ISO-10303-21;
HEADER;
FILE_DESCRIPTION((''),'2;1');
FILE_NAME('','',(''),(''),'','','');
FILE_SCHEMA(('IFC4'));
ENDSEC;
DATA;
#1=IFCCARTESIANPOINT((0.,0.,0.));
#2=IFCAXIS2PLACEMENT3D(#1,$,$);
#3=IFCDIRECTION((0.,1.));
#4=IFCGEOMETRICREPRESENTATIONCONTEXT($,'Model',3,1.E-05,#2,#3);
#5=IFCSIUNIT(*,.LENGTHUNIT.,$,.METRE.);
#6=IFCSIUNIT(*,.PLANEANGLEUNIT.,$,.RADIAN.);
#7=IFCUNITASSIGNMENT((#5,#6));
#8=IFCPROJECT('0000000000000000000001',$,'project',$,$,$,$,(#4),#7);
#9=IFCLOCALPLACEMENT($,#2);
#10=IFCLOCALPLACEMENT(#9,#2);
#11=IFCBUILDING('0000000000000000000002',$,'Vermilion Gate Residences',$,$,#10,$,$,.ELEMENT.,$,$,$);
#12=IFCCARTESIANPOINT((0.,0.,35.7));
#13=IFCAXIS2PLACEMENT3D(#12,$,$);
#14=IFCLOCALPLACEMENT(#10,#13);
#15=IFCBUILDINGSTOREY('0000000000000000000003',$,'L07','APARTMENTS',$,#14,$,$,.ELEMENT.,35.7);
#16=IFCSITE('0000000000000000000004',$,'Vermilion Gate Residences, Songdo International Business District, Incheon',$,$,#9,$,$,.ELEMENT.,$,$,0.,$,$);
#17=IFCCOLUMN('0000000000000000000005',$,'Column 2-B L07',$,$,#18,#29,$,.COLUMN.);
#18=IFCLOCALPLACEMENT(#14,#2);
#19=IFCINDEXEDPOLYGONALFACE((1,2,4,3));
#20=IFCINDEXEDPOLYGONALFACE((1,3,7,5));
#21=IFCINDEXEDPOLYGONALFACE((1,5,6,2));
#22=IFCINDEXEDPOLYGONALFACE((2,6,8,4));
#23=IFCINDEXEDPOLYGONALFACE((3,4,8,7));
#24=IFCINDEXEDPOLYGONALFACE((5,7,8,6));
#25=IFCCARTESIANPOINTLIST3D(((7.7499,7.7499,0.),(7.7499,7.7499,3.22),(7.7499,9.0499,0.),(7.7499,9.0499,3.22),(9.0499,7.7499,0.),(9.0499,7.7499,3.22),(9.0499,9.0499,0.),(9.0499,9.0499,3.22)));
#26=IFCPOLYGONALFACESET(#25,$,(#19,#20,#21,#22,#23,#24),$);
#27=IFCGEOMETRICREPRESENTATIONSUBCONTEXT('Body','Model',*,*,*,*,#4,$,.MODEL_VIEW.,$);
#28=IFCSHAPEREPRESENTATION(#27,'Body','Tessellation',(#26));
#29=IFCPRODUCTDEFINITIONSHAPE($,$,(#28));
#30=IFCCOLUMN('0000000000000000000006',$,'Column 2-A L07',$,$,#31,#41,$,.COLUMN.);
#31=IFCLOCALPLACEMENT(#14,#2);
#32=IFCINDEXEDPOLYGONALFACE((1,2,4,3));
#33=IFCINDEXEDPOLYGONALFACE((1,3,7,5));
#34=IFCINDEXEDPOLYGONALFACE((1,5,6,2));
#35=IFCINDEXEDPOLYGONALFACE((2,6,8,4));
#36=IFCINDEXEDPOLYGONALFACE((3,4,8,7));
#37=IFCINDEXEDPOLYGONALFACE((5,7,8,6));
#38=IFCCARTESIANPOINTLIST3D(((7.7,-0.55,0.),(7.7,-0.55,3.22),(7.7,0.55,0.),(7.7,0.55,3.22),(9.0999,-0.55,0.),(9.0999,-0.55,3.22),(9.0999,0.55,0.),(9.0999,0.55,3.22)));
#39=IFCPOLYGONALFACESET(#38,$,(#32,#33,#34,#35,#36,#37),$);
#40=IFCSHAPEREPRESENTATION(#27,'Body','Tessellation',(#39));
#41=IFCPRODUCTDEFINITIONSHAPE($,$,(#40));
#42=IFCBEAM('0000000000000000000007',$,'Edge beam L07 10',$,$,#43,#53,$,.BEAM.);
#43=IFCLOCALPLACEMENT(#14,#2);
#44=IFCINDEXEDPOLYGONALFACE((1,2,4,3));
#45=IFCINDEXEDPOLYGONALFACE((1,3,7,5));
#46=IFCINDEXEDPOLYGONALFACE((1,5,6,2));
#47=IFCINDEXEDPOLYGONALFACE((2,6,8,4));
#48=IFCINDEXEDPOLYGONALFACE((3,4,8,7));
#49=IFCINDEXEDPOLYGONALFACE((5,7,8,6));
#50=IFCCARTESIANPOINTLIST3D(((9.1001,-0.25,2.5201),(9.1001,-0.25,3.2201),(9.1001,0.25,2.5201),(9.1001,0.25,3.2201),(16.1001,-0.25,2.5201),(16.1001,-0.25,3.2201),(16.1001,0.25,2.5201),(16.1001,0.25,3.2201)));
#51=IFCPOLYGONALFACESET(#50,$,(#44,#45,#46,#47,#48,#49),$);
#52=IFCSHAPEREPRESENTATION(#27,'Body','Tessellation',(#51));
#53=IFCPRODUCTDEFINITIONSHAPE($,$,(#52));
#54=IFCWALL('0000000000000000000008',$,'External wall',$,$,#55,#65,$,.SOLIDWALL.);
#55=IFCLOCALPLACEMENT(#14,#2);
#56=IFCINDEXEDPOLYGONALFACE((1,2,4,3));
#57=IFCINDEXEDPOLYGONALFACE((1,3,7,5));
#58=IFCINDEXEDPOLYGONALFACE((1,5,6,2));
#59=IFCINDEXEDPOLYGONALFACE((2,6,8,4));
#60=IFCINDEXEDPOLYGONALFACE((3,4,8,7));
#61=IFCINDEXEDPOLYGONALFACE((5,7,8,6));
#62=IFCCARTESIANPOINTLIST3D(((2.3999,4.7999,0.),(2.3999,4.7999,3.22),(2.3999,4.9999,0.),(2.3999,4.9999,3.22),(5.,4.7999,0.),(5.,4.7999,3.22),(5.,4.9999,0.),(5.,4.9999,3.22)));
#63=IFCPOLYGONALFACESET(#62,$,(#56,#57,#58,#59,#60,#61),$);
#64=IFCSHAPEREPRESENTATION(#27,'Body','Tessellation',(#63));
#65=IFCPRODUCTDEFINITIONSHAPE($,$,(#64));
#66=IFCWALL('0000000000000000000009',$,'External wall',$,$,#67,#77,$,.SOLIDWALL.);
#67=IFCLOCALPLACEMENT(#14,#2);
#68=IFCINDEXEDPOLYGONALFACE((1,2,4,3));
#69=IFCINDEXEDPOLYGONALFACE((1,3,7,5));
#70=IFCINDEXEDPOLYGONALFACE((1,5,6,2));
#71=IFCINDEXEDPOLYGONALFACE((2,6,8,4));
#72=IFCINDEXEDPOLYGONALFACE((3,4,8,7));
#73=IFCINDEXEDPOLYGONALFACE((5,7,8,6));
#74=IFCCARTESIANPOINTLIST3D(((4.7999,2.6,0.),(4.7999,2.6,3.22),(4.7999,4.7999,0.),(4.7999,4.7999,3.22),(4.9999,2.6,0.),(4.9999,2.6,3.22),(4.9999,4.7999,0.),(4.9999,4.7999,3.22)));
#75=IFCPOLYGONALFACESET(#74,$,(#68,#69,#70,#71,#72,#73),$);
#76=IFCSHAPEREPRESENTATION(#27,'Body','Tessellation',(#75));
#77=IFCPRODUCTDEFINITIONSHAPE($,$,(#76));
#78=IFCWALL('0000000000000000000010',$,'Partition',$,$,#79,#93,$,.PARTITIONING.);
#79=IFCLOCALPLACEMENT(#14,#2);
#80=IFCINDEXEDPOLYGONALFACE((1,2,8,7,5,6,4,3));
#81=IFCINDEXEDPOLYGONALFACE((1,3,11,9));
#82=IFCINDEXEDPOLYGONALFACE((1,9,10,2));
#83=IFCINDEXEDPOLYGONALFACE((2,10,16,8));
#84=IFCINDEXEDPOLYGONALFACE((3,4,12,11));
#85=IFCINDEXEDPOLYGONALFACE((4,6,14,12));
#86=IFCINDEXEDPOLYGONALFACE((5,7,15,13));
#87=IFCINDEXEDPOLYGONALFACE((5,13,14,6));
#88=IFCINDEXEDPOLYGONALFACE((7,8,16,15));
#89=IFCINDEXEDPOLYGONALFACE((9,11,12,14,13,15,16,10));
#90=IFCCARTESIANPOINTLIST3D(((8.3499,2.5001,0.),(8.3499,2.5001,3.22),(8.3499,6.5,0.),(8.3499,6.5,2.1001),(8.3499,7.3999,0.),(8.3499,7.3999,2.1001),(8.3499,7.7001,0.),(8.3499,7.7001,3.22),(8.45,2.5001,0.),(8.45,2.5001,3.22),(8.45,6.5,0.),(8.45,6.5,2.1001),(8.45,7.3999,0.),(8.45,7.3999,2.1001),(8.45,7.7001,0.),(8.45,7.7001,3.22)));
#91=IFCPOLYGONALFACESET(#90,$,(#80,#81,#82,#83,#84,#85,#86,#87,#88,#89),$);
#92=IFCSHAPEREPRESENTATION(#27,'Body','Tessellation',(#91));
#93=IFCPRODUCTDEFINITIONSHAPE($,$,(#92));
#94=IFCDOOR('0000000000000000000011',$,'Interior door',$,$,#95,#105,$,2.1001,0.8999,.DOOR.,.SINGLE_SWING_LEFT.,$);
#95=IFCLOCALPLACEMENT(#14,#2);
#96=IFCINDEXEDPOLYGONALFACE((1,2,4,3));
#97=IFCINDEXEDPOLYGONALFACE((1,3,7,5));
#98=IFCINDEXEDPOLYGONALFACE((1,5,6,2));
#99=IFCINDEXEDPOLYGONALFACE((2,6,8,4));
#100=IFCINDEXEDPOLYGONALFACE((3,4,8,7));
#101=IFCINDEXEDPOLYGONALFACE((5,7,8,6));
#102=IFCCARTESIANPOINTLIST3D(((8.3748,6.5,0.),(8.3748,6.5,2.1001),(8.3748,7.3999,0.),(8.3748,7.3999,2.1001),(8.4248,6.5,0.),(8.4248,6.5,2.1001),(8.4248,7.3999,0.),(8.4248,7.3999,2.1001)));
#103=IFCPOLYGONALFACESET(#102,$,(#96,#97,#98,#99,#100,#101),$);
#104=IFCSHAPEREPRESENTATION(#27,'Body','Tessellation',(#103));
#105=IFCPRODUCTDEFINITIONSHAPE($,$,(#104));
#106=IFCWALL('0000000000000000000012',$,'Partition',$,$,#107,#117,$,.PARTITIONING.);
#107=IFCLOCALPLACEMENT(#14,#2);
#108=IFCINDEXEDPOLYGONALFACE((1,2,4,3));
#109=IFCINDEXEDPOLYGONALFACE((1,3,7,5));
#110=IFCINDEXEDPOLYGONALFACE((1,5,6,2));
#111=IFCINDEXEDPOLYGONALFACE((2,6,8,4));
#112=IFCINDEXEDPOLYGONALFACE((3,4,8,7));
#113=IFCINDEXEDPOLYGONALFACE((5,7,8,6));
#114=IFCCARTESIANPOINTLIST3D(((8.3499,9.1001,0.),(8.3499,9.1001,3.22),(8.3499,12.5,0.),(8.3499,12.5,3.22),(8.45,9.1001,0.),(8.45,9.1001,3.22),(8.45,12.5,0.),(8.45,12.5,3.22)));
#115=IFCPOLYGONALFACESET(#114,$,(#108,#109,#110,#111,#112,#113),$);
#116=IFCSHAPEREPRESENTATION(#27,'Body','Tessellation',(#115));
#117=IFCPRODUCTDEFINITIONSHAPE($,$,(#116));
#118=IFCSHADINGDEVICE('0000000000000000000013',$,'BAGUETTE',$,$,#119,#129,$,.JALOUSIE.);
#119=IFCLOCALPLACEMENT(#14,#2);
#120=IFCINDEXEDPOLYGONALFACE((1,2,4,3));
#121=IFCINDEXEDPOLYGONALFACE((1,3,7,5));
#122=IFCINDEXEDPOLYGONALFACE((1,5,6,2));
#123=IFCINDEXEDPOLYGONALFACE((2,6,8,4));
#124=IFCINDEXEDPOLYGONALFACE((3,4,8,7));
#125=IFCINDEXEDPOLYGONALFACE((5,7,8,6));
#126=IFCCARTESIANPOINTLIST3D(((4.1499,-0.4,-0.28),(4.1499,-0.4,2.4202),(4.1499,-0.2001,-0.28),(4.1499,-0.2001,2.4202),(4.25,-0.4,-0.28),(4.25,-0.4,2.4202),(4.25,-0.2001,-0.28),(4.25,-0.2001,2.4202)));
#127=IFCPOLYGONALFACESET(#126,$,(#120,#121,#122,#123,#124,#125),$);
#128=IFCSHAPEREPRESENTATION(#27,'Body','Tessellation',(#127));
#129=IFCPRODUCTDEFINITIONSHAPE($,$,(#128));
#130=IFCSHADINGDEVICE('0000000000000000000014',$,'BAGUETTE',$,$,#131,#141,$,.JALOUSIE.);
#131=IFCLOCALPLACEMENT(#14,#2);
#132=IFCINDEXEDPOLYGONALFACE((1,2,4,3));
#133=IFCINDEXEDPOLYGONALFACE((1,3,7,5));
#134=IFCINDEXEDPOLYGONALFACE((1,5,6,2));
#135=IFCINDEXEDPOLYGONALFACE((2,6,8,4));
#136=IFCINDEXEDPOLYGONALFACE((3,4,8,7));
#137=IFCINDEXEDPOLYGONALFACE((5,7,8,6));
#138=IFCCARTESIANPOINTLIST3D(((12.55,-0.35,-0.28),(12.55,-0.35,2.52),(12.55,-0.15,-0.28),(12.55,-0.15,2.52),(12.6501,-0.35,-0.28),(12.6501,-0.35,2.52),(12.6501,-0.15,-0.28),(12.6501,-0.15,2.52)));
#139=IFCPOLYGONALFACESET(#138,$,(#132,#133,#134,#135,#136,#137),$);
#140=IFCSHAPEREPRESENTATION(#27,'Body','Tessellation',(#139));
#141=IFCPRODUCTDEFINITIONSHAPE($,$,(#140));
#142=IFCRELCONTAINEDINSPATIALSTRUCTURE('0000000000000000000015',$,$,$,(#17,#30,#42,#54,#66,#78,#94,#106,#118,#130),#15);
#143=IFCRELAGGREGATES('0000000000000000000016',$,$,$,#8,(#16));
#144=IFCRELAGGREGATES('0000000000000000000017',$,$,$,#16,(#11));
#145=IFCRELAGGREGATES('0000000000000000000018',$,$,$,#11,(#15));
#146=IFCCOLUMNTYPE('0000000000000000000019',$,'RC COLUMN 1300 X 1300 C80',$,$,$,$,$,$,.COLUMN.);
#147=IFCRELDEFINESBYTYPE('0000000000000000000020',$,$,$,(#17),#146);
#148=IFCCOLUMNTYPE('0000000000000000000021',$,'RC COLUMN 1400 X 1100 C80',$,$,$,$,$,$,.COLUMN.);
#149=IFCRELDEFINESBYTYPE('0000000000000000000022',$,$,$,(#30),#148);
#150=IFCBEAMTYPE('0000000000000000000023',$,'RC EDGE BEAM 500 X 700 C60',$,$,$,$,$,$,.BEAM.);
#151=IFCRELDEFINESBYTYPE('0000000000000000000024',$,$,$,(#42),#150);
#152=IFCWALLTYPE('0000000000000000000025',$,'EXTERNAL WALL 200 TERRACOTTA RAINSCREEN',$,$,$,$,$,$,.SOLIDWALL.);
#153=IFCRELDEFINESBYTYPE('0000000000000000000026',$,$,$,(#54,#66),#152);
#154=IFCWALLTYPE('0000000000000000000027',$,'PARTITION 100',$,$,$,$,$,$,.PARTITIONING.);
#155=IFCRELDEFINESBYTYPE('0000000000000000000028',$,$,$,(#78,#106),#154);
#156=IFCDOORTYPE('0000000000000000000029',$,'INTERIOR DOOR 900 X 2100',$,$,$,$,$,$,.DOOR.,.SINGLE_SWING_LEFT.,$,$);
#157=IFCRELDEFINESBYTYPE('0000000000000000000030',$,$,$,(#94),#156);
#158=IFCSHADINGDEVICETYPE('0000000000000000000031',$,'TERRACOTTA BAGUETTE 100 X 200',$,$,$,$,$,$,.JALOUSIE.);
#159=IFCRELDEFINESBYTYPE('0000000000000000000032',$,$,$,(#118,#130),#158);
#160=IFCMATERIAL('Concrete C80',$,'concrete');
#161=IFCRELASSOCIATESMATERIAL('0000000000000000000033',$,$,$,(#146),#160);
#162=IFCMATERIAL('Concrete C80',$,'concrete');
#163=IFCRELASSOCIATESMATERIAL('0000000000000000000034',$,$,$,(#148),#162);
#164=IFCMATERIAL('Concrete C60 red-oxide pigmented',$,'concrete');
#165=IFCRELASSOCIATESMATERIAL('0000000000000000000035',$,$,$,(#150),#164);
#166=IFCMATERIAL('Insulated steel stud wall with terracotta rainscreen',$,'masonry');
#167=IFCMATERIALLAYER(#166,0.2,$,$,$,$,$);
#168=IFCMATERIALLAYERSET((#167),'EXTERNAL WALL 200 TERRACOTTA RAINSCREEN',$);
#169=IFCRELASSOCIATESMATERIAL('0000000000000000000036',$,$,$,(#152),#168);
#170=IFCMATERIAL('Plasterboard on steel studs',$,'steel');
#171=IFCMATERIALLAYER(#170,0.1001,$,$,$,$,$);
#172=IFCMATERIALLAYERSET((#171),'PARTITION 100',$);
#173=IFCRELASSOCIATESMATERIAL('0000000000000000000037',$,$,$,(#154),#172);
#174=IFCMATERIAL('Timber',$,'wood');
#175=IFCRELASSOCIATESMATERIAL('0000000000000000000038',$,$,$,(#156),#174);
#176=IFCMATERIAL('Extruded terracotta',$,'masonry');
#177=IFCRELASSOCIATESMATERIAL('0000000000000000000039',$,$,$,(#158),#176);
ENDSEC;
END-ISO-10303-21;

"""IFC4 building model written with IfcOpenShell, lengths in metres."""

from ifc_helpers import new_model, si_unit, direction, frame, frame_2d, origin, origin_2d, place, context, subcontext, project, spatial, rectangle, extrude, material, layer, layer_set, material_profile, profile_set, type_object, element, fill, save


model = new_model("IFC4")

# Units and contexts
model_context = context("Model", 3, precision=1e-05, world=origin(), true_north=direction((0.0, 1.0)))
body_context = subcontext(model_context, "Body", "Model", "MODEL_VIEW")
ifc_project = project(units=[si_unit("LENGTHUNIT", "METRE"), si_unit("PLANEANGLEUNIT", "RADIAN")], contexts=[model_context])

# Site, building, storey
site_placement = place(None, origin())
site = spatial("IfcSite", under=ifc_project, at=site_placement, Name="Vermilion Gate Residences, Songdo International Business District, Incheon", CompositionType="ELEMENT", RefElevation=0.0)
building_placement = place(site_placement, origin())
building = spatial("IfcBuilding", under=site, at=building_placement, Name="Vermilion Gate Residences", CompositionType="ELEMENT")
storey_placement = place(building_placement, frame((0.0, 0.0, 35.7)))
storey = spatial("IfcBuildingStorey", under=building, at=storey_placement, Name="L07", Description="APARTMENTS", CompositionType="ELEMENT", Elevation=35.7)

# Columns
ifc_material_1 = material(Name="Concrete C80", Category="concrete")
ifc_material_profile_1 = material_profile(ifc_material_1, rectangle(XDim=1.3, YDim=1.3, at=origin_2d()), Name="RC-1300x1300")
ifc_profile_set_1 = profile_set([ifc_material_profile_1], Name="Concrete C80")
column_type_1 = type_object("IfcColumnType", Name="RC COLUMN 1300 X 1300 C80", PredefinedType="COLUMN", material=ifc_profile_set_1)
column_1_placement = place(storey_placement, frame((8.3999, 8.3999, 0.0), z_axis=(0.0, 0.0, 1.0), x_axis=(1.0, 0.0, 0.0)))
element("IfcColumn", 1, at=column_1_placement, inside=storey, type_object=column_type_1, Name="Column 2-B L07", PredefinedType="COLUMN", context=body_context, shape_type="SweptSolid", body=[
    extrude(rectangle(XDim=1.3, YDim=1.3, at=origin_2d()), origin(), (0.0, 0.0, 1.0), 3.22),
])
ifc_material_2 = material(Name="Concrete C80", Category="concrete")
ifc_material_profile_2 = material_profile(ifc_material_2, rectangle(XDim=1.3999, YDim=1.1001, at=origin_2d()), Name="RC-1400x1100")
ifc_profile_set_2 = profile_set([ifc_material_profile_2], Name="Concrete C80")
column_type_2 = type_object("IfcColumnType", Name="RC COLUMN 1400 X 1100 C80", PredefinedType="COLUMN", material=ifc_profile_set_2)
column_2_placement = place(storey_placement, frame((8.3999, 0.0, 0.0), z_axis=(0.0, 0.0, 1.0), x_axis=(1.0, 0.0, 0.0)))
element("IfcColumn", 2, at=column_2_placement, inside=storey, type_object=column_type_2, Name="Column 2-A L07", PredefinedType="COLUMN", context=body_context, shape_type="SweptSolid", body=[
    extrude(rectangle(XDim=1.3999, YDim=1.1001, at=origin_2d()), origin(), (0.0, 0.0, 1.0), 3.22),
])

# Beam
ifc_material_3 = material(Name="Concrete C60 red-oxide pigmented", Category="concrete")
ifc_material_profile_3 = material_profile(ifc_material_3, rectangle(XDim=0.5, YDim=0.7, at=origin_2d()), Name="RC-500x700")
ifc_profile_set_3 = profile_set([ifc_material_profile_3], Name="Concrete C60 red-oxide pigmented")
beam_type = type_object("IfcBeamType", Name="RC EDGE BEAM 500 X 700 C60", PredefinedType="BEAM", material=ifc_profile_set_3)
beam_placement = place(storey_placement, frame((9.1001, 0.0, 2.8701), z_axis=(1.0, 0.0, 0.0), x_axis=(0.0, 1.0, 0.0)))
element("IfcBeam", 3, at=beam_placement, inside=storey, type_object=beam_type, Name="Edge beam L07 10", PredefinedType="BEAM", context=body_context, shape_type="SweptSolid", body=[
    extrude(rectangle(XDim=0.5, YDim=0.7, at=origin_2d()), origin(), (0.0, 0.0, 1.0), 7.0),
])

# Walls
ifc_material_4 = material(Name="Insulated steel stud wall with terracotta rainscreen", Category="masonry")
ifc_layer_1 = layer(ifc_material_4, 0.2)
ifc_layer_set_1 = layer_set([ifc_layer_1], Name="EXTERNAL WALL 200 TERRACOTTA RAINSCREEN")
wall_type_1 = type_object("IfcWallType", Name="EXTERNAL WALL 200 TERRACOTTA RAINSCREEN", PredefinedType="SOLIDWALL", material=ifc_layer_set_1)
wall_1_placement = place(storey_placement, frame((2.3999, 4.8999, 0.0), z_axis=(0.0, 0.0, 1.0), x_axis=(1.0, 0.0, 0.0)))
element("IfcWall", 4, at=wall_1_placement, inside=storey, type_object=wall_type_1, Name="External wall", PredefinedType="SOLIDWALL", context=body_context, shape_type="SweptSolid", body=[
    extrude(rectangle(XDim=2.6001, YDim=0.2, at=frame_2d((1.3, 0.0))), origin(), (0.0, 0.0, 1.0), 3.22),
])
wall_2_placement = place(storey_placement, frame((4.8999, 4.8, 0.0), z_axis=(0.0, 0.0, 1.0), x_axis=(0.0, -1.0, 0.0)))
element("IfcWall", 5, at=wall_2_placement, inside=storey, type_object=wall_type_1, Name="External wall", PredefinedType="SOLIDWALL", context=body_context, shape_type="SweptSolid", body=[
    extrude(rectangle(XDim=2.2, YDim=0.2, at=frame_2d((1.1001, 0.0))), origin(), (0.0, 0.0, 1.0), 3.22),
])

# Wall, opening, door
ifc_material_5 = material(Name="Plasterboard on steel studs", Category="steel")
ifc_layer_2 = layer(ifc_material_5, 0.1001)
ifc_layer_set_2 = layer_set([ifc_layer_2], Name="PARTITION 100")
wall_type_2 = type_object("IfcWallType", Name="PARTITION 100", PredefinedType="PARTITIONING", material=ifc_layer_set_2)
wall_3_placement = place(storey_placement, frame((8.3999, 2.5, 0.0), z_axis=(0.0, 0.0, 1.0), x_axis=(0.0, 1.0, 0.0)))
wall_3 = element("IfcWall", 6, at=wall_3_placement, inside=storey, type_object=wall_type_2, Name="Partition", PredefinedType="PARTITIONING", context=body_context, shape_type="SweptSolid", body=[
    extrude(rectangle(XDim=5.2, YDim=0.1001, at=frame_2d((2.6001, 0.0))), origin(), (0.0, 0.0, 1.0), 3.22),
])
opening_1_placement = place(wall_3_placement, frame((4.0, 0.0, 0.0)))
opening_1 = element("IfcOpeningElement", 7, at=opening_1_placement, cuts=wall_3, PredefinedType="OPENING", context=body_context, shape_type="SweptSolid", body=[
    extrude(rectangle(XDim=0.8999, YDim=2.1001, at=frame_2d((0.45, 1.05))), frame((0.0, 0.0601, 0.0), z_axis=(0.0, -1.0, 0.0), x_axis=(1.0, 0.0, 0.0)), (0.0, 0.0, 1.0), 0.1201),
])
ifc_material_6 = material(Name="Timber", Category="wood")
door_type_1 = type_object("IfcDoorType", Name="INTERIOR DOOR 900 X 2100", OperationType="SINGLE_SWING_LEFT", PredefinedType="DOOR", material=ifc_material_6)
door_1_placement = place(opening_1_placement, frame((0.8999, 0.0, 0.0), z_axis=(0.0, 0.0, 1.0), x_axis=(-1.0, 0.0, 0.0)))
door_1 = element("IfcDoor", 8, at=door_1_placement, inside=storey, type_object=door_type_1, Name="Interior door", OperationType="SINGLE_SWING_LEFT", OverallHeight=2.1001, OverallWidth=0.8999, PredefinedType="DOOR", context=body_context, shape_type="SweptSolid", body=[
    extrude(rectangle(XDim=0.8999, YDim=2.1001, at=frame_2d((0.45, 1.05))), frame((0.0, 0.0249, 0.0), z_axis=(0.0, -1.0, 0.0), x_axis=(1.0, 0.0, 0.0)), (0.0, 0.0, 1.0), 0.05),
])
fill(opening_1, door_1)

# Wall
wall_4_placement = place(storey_placement, frame((8.3999, 9.1001, 0.0), z_axis=(0.0, 0.0, 1.0), x_axis=(0.0, 1.0, 0.0)))
element("IfcWall", 9, at=wall_4_placement, inside=storey, type_object=wall_type_2, Name="Partition", PredefinedType="PARTITIONING", context=body_context, shape_type="SweptSolid", body=[
    extrude(rectangle(XDim=3.3999, YDim=0.1001, at=frame_2d((1.7, 0.0))), origin(), (0.0, 0.0, 1.0), 3.22),
])

# Shading devices
ifc_material_7 = material(Name="Extruded terracotta", Category="masonry")
ifc_material_profile_4 = material_profile(ifc_material_7, rectangle(XDim=0.2, YDim=0.1001, at=origin_2d()), Name="BAGUETTE 100 X 200")
ifc_profile_set_4 = profile_set([ifc_material_profile_4], Name="Extruded terracotta")
shading_device_type = type_object("IfcShadingDeviceType", Name="TERRACOTTA BAGUETTE 100 X 200", PredefinedType="JALOUSIE", material=ifc_profile_set_4)
shading_device_1_placement = place(storey_placement, frame((4.2, -0.3, -0.28), z_axis=(0.0, 0.0, 1.0), x_axis=(0.0, 1.0, 0.0)))
element("IfcShadingDevice", 10, at=shading_device_1_placement, inside=storey, type_object=shading_device_type, Name="BAGUETTE", PredefinedType="JALOUSIE", context=body_context, shape_type="SweptSolid", body=[
    extrude(rectangle(XDim=0.2, YDim=0.1001, at=origin_2d()), origin(), (0.0, 0.0, 1.0), 2.7002),
])
shading_device_2_placement = place(storey_placement, frame((12.6001, -0.25, -0.28), z_axis=(0.0, 0.0, 1.0), x_axis=(0.0, 1.0, 0.0)))
element("IfcShadingDevice", 11, at=shading_device_2_placement, inside=storey, type_object=shading_device_type, Name="BAGUETTE", PredefinedType="JALOUSIE", context=body_context, shape_type="SweptSolid", body=[
    extrude(rectangle(XDim=0.2, YDim=0.1001, at=origin_2d()), origin(), (0.0, 0.0, 1.0), 2.8),
])

save(model, "model.ifc")
